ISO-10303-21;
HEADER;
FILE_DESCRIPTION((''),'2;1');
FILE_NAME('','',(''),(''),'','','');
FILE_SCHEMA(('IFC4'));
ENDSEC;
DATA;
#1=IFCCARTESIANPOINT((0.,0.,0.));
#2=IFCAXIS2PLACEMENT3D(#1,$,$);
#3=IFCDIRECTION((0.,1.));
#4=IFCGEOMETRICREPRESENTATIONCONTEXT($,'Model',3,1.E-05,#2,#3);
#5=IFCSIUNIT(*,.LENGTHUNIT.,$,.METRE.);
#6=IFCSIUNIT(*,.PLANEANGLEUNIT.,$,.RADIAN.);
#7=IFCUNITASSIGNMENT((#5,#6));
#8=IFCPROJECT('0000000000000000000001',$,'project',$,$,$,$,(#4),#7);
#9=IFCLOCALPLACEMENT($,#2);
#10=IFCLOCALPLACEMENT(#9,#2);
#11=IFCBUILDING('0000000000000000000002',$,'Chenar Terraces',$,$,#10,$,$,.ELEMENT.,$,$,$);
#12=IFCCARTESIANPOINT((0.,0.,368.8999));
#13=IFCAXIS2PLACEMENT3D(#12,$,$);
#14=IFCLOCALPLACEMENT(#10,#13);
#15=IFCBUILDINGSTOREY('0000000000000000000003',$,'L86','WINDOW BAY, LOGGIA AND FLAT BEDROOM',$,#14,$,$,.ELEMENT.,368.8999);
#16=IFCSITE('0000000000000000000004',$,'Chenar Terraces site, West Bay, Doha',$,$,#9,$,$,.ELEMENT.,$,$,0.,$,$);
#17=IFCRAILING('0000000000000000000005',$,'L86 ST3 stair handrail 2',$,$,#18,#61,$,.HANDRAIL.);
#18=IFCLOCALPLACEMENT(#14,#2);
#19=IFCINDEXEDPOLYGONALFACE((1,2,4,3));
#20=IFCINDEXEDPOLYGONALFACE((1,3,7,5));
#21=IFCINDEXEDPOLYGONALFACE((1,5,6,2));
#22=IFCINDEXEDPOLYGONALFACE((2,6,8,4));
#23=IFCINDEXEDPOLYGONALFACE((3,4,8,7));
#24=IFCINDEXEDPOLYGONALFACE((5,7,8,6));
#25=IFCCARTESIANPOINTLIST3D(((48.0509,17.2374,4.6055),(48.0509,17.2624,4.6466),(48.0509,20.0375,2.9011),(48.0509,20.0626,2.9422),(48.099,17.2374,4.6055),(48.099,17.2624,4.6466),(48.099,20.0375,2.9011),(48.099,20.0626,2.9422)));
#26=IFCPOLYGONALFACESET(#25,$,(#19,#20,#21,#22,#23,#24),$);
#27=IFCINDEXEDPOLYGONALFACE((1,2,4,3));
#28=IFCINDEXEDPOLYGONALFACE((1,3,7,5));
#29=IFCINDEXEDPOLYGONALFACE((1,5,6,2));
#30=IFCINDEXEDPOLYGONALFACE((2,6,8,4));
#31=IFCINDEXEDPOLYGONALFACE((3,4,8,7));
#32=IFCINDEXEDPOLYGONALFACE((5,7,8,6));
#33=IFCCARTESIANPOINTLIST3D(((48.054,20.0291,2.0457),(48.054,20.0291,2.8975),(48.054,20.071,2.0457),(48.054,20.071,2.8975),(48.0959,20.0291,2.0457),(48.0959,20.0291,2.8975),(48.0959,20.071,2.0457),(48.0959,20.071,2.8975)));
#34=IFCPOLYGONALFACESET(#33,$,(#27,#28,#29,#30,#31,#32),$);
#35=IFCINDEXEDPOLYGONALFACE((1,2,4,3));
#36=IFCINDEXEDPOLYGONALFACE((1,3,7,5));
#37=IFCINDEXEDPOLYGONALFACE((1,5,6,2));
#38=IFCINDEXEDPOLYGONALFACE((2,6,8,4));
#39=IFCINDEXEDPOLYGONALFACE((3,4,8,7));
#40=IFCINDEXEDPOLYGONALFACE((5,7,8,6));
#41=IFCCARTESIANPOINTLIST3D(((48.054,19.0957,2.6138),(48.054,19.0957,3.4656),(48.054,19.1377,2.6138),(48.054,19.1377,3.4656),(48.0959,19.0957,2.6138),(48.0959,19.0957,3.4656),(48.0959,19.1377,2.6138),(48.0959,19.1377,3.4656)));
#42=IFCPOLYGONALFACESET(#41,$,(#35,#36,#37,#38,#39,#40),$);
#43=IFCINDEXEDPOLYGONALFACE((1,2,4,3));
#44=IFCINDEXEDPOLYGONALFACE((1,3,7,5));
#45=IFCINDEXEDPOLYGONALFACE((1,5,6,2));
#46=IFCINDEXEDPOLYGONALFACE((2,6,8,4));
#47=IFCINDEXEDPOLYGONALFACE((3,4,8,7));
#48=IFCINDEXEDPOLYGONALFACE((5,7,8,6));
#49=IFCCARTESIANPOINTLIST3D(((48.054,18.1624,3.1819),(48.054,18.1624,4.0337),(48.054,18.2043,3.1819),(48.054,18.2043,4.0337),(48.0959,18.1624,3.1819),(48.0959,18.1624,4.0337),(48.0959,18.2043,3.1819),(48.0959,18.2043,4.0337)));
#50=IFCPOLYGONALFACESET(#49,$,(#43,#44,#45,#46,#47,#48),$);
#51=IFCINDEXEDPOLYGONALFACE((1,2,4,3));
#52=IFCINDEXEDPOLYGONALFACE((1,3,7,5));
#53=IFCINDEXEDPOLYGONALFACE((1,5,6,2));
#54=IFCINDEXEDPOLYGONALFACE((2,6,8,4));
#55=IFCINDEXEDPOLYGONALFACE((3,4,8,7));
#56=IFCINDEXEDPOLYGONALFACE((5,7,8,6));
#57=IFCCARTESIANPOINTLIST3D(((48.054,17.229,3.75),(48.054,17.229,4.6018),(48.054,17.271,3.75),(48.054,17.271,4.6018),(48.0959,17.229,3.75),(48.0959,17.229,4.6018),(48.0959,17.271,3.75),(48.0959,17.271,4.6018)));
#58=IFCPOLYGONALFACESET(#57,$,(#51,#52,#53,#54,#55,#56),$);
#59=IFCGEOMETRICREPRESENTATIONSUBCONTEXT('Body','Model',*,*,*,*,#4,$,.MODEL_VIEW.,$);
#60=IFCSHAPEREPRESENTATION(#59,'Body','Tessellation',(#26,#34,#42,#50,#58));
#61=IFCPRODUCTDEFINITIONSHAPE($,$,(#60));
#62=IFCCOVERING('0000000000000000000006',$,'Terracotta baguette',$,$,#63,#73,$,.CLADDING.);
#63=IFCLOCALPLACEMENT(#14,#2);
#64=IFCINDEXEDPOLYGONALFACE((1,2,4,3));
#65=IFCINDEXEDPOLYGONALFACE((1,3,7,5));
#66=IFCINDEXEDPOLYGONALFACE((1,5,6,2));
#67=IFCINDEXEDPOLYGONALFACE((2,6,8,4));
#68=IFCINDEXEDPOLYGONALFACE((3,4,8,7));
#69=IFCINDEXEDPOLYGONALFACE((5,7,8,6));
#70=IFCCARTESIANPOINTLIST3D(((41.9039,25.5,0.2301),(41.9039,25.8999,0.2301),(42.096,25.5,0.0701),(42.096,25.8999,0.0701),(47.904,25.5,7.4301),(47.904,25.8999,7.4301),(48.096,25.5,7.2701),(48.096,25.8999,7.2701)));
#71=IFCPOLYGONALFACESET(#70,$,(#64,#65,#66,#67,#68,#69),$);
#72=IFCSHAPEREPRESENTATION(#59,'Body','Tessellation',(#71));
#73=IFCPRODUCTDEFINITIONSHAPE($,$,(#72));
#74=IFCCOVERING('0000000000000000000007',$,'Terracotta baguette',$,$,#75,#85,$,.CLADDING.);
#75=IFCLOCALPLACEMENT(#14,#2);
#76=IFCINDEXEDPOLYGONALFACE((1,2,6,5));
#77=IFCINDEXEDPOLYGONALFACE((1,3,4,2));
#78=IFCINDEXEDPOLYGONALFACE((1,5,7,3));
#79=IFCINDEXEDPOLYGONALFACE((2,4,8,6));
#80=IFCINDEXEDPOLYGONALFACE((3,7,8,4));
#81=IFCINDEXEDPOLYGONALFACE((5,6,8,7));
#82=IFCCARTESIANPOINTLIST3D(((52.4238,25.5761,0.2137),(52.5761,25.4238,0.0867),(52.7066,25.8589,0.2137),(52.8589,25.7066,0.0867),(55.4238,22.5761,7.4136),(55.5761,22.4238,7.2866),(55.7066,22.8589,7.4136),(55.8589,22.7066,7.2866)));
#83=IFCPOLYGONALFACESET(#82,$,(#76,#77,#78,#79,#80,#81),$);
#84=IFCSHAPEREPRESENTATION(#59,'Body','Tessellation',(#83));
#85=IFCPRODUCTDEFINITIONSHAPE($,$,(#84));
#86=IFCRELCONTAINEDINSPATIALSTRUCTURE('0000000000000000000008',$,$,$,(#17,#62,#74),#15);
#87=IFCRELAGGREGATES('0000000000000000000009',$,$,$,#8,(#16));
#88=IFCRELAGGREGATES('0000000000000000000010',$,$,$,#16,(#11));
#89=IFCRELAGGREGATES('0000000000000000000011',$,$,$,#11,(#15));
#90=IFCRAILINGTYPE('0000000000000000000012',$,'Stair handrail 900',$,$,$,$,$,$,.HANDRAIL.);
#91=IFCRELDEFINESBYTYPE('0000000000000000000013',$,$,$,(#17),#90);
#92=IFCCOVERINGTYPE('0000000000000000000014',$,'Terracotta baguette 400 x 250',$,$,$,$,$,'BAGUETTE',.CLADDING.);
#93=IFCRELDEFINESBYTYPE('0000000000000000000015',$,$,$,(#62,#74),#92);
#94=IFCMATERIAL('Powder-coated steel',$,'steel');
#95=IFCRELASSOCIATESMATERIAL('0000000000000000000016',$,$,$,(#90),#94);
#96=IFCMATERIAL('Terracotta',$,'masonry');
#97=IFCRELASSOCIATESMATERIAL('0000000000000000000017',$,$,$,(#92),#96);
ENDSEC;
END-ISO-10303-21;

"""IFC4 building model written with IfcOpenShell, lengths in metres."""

from ifc_helpers import new_model, si_unit, direction, frame, origin, origin_2d, place, context, subcontext, project, spatial, rectangle, extrude, material, material_profile, profile_set, type_object, element, save


model = new_model("IFC4")

# Units and contexts
model_context = context("Model", 3, precision=1e-05, world=origin(), true_north=direction((0.0, 1.0)))
body_context = subcontext(model_context, "Body", "Model", "MODEL_VIEW")
ifc_project = project(units=[si_unit("LENGTHUNIT", "METRE"), si_unit("PLANEANGLEUNIT", "RADIAN")], contexts=[model_context])

# Site, building, storey
site_placement = place(None, origin())
site = spatial("IfcSite", under=ifc_project, at=site_placement, Name="Chenar Terraces site, West Bay, Doha", CompositionType="ELEMENT", RefElevation=0.0)
building_placement = place(site_placement, origin())
building = spatial("IfcBuilding", under=site, at=building_placement, Name="Chenar Terraces", CompositionType="ELEMENT")
storey_placement = place(building_placement, frame((0.0, 0.0, 368.8999)))
storey = spatial("IfcBuildingStorey", under=building, at=storey_placement, Name="L86", Description="WINDOW BAY, LOGGIA AND FLAT BEDROOM", CompositionType="ELEMENT", Elevation=368.8999)

# Railing
ifc_material_1 = material(Name="Powder-coated steel", Category="steel")
railing_type_1 = type_object("IfcRailingType", Name="Stair handrail 900", PredefinedType="HANDRAIL", material=ifc_material_1)
railing_1_placement = place(storey_placement, frame((48.075, 20.05, 2.0457)))
element("IfcRailing", 1, at=railing_1_placement, inside=storey, type_object=railing_type_1, Name="L86 ST3 stair handrail 2", PredefinedType="HANDRAIL", context=body_context, shape_type="SweptSolid", body=[
    extrude(rectangle(XDim=0.0481, YDim=0.0481, at=origin_2d()), frame((0.0, 0.0, 0.876), z_axis=(0.0, -0.854203, 0.51994), x_axis=(1.0, 0.0, 0.0)), (0.0, 0.0, 1.0), 3.2781),
    extrude(rectangle(XDim=0.042, YDim=0.042, at=origin_2d()), origin(), (0.0, 0.0, 1.0), 0.8518),
    extrude(rectangle(XDim=0.042, YDim=0.042, at=origin_2d()), frame((0.0, -0.9333, 0.5681)), (0.0, 0.0, 1.0), 0.8518),
    extrude(rectangle(XDim=0.042, YDim=0.042, at=origin_2d()), frame((0.0, -1.8667, 1.1362)), (0.0, 0.0, 1.0), 0.8518),
    extrude(rectangle(XDim=0.042, YDim=0.042, at=origin_2d()), frame((0.0, -2.8, 1.7043)), (0.0, 0.0, 1.0), 0.8518),
])

# Coverings
ifc_material_2 = material(Name="Terracotta", Category="masonry")
ifc_material_profile_1 = material_profile(ifc_material_2, rectangle(XDim=0.3999, YDim=0.25, at=origin_2d()), Name="Terracotta baguette 400 x 250")
ifc_profile_set_1 = profile_set([ifc_material_profile_1], Name="Terracotta")
covering_type = type_object("IfcCoveringType", Name="Terracotta baguette 400 x 250", ElementType="BAGUETTE", PredefinedType="CLADDING", material=ifc_profile_set_1)
covering_1_placement = place(storey_placement, frame((48.0, 25.7, 7.3501), z_axis=(-0.640187, 0.0, -0.768219), x_axis=(0.0, -1.0, 0.0)))
element("IfcCovering", 2, at=covering_1_placement, inside=storey, type_object=covering_type, Name="Terracotta baguette", PredefinedType="CLADDING", context=body_context, shape_type="SweptSolid", body=[
    extrude(rectangle(XDim=0.3999, YDim=0.25, at=origin_2d()), origin(), (0.0, 0.0, 1.0), 9.3723),
])
covering_2_placement = place(storey_placement, frame((55.6414, 22.6414, 7.3501), z_axis=(-0.358981, 0.358981, -0.861548), x_axis=(-0.707107, -0.707107, 0.0)))
element("IfcCovering", 3, at=covering_2_placement, inside=storey, type_object=covering_type, Name="Terracotta baguette", PredefinedType="CLADDING", context=body_context, shape_type="SweptSolid", body=[
    extrude(rectangle(XDim=0.3999, YDim=0.25, at=origin_2d()), origin(), (0.0, 0.0, 1.0), 8.3569),
])

save(model, "model.ifc")
